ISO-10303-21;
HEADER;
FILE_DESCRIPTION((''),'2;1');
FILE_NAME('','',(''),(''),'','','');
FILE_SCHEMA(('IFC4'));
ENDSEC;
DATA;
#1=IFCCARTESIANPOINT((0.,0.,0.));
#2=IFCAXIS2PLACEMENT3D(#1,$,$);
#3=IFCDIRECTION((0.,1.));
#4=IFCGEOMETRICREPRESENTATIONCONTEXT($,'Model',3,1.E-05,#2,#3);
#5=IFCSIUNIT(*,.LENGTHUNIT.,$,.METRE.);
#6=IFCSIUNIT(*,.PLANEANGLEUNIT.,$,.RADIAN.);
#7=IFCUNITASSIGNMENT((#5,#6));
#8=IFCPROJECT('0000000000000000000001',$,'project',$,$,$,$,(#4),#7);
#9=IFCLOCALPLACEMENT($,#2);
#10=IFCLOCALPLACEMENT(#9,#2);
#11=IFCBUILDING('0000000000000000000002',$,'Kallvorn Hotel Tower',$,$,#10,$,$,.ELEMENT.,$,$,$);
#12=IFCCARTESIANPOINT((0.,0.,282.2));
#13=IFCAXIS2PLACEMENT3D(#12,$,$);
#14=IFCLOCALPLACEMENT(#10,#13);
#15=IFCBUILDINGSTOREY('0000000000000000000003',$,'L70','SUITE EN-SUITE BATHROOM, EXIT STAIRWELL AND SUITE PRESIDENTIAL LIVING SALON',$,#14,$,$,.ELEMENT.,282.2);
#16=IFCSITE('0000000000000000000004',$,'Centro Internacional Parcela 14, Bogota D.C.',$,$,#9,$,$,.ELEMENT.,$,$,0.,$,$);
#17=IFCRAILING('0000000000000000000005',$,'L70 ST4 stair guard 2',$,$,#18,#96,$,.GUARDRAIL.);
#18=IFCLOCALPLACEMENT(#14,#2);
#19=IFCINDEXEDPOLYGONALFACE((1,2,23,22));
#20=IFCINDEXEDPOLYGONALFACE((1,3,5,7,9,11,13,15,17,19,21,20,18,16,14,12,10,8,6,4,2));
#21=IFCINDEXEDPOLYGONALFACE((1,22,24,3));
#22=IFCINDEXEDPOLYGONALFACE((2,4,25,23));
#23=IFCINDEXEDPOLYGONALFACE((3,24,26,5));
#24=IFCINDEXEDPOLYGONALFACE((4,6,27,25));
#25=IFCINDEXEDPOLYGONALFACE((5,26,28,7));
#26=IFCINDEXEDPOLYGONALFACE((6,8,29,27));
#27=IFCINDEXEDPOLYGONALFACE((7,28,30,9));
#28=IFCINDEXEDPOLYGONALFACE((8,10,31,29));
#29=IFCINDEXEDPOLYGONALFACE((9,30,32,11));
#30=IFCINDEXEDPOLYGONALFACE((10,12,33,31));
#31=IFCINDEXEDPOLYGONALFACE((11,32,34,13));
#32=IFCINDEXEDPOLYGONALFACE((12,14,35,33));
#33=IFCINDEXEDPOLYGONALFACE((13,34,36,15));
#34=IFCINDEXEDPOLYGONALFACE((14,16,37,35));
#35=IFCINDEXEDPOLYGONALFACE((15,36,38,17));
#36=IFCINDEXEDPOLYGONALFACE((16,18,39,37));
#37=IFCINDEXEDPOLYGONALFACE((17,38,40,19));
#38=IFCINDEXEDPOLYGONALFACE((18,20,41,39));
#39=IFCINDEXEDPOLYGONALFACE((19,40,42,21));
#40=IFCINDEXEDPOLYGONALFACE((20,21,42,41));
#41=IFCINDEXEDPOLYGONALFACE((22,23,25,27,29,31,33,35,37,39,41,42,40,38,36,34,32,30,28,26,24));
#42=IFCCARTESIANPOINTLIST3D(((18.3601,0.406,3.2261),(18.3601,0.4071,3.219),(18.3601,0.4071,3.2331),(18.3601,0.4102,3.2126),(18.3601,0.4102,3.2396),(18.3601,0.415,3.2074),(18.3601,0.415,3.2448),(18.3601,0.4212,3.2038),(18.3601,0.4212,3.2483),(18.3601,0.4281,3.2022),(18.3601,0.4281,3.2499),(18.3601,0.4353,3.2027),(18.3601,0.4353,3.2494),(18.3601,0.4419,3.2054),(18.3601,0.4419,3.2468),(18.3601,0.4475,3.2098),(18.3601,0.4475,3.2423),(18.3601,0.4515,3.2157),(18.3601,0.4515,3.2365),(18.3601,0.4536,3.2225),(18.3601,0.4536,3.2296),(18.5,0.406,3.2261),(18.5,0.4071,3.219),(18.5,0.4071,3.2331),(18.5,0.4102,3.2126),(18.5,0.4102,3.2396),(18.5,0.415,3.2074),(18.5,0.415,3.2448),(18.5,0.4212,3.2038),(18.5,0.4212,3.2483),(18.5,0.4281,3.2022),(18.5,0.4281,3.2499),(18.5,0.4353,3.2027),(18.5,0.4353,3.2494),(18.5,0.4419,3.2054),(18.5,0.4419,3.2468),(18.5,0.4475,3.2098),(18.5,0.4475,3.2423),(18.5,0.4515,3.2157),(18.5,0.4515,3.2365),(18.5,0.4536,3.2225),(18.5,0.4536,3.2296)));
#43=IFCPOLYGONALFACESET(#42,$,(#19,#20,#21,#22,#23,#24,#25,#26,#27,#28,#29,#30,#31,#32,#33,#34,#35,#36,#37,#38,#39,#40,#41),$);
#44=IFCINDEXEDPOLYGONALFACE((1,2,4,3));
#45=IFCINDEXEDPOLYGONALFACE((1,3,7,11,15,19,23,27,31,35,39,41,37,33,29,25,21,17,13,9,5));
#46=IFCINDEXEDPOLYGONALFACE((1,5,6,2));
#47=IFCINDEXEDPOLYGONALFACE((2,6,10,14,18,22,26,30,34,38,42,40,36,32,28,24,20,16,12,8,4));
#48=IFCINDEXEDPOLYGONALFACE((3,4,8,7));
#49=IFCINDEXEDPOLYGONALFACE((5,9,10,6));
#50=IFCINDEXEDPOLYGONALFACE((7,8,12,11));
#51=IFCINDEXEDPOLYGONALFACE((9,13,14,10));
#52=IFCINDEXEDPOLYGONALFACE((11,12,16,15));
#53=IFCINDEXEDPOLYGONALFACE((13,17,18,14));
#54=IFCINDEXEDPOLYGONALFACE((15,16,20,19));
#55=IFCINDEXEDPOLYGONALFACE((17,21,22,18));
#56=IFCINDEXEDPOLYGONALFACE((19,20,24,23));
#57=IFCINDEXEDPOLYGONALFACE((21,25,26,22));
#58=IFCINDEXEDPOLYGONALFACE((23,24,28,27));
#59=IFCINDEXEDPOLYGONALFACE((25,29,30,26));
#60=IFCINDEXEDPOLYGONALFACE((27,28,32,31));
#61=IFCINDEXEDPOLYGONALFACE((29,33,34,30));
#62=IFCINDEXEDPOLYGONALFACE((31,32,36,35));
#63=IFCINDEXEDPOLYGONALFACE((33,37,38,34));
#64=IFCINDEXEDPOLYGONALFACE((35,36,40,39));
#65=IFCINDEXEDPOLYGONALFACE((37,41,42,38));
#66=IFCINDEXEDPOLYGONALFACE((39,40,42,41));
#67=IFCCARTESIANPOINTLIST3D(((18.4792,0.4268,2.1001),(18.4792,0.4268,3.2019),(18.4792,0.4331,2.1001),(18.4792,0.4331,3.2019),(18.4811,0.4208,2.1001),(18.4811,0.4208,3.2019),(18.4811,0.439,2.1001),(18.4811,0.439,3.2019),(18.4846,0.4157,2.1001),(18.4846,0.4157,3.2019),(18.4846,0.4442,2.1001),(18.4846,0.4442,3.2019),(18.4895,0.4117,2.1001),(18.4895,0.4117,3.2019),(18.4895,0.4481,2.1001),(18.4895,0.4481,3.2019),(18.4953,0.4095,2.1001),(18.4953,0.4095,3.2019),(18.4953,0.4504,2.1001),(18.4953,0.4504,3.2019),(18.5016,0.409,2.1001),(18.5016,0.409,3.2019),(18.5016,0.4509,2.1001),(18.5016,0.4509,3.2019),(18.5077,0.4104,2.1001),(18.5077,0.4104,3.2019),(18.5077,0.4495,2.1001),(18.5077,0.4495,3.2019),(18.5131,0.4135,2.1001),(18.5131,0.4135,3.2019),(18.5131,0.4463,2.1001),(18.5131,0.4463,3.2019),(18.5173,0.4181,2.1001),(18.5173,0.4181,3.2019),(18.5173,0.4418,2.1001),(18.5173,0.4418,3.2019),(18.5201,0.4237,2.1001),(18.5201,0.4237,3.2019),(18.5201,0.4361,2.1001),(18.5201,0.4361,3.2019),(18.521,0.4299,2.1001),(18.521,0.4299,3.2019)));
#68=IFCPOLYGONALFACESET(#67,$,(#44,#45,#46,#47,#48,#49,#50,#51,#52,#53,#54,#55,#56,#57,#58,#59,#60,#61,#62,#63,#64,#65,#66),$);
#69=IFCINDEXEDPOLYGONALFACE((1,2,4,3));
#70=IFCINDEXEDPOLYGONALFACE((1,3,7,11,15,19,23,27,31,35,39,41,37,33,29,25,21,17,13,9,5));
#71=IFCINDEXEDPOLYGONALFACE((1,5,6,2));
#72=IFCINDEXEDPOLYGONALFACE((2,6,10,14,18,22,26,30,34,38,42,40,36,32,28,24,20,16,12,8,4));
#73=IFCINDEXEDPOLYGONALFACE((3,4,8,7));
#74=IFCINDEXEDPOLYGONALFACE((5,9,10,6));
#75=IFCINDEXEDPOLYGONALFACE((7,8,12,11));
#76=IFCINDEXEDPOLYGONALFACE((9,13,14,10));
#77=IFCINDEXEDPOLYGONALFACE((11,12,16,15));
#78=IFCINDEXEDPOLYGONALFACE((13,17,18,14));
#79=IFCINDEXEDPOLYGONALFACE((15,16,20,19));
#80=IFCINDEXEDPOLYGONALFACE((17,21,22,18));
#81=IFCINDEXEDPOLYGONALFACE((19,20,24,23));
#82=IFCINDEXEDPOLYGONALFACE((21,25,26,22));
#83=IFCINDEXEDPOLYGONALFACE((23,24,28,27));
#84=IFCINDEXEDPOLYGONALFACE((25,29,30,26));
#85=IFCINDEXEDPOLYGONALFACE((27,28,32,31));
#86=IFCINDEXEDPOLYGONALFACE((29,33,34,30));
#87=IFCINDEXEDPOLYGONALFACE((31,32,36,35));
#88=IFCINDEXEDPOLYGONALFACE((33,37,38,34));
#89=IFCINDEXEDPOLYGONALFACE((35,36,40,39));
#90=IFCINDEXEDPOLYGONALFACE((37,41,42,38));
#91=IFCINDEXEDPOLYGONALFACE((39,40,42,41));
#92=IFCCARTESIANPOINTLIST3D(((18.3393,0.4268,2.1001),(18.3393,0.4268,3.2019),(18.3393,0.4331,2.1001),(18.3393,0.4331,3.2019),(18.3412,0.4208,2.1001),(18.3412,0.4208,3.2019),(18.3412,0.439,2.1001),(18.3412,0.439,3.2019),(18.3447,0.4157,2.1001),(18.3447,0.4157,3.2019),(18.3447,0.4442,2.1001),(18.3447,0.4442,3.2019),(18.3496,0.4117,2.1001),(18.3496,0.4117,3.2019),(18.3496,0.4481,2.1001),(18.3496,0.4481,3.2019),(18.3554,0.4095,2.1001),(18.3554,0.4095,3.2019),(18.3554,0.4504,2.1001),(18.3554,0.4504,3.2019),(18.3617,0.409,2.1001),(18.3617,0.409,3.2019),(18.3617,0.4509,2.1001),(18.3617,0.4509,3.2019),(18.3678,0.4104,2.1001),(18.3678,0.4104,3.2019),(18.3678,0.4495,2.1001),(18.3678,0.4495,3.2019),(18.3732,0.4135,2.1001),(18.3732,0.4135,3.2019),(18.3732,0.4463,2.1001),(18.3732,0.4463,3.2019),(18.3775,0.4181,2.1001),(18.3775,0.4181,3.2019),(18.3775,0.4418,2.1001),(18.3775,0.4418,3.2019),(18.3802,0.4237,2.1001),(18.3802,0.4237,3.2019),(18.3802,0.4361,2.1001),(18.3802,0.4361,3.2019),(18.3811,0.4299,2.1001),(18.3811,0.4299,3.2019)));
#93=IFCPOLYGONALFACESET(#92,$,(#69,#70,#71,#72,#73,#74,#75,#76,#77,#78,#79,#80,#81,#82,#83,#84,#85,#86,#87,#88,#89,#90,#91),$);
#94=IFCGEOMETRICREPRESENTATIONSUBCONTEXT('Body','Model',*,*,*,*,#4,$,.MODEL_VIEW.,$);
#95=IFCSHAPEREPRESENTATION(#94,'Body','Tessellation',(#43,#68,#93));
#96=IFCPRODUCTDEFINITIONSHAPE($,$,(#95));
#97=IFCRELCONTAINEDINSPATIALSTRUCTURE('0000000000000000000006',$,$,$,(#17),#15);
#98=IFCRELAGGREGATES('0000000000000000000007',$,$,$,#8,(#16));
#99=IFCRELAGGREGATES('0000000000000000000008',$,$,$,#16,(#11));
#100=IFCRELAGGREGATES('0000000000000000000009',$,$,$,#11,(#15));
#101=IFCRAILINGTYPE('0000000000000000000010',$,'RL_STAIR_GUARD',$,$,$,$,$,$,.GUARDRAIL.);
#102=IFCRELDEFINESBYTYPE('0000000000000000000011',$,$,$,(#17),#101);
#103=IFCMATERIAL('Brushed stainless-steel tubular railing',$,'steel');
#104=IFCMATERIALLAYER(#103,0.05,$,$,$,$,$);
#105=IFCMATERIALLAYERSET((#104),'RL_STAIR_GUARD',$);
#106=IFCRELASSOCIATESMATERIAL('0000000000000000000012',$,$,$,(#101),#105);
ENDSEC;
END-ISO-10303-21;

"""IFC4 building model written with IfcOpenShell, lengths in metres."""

from ifc_helpers import new_model, si_unit, direction, frame, origin, origin_2d, place, context, subcontext, project, spatial, circle, extrude, material, layer, layer_set, type_object, element, save


model = new_model("IFC4")

# Units and contexts
model_context = context("Model", 3, precision=1e-05, world=origin(), true_north=direction((0.0, 1.0)))
body_context = subcontext(model_context, "Body", "Model", "MODEL_VIEW")
ifc_project = project(units=[si_unit("LENGTHUNIT", "METRE"), si_unit("PLANEANGLEUNIT", "RADIAN")], contexts=[model_context])

# Site, building, storey
site_placement = place(None, origin())
site = spatial("IfcSite", under=ifc_project, at=site_placement, Name="Centro Internacional Parcela 14, Bogota D.C.", CompositionType="ELEMENT", RefElevation=0.0)
building_placement = place(site_placement, origin())
building = spatial("IfcBuilding", under=site, at=building_placement, Name="Kallvorn Hotel Tower", CompositionType="ELEMENT")
storey_placement = place(building_placement, frame((0.0, 0.0, 282.2)))
storey = spatial("IfcBuildingStorey", under=building, at=storey_placement, Name="L70", Description="SUITE EN-SUITE BATHROOM, EXIT STAIRWELL AND SUITE PRESIDENTIAL LIVING SALON", CompositionType="ELEMENT", Elevation=282.2)

# Railing
ifc_material_1 = material(Name="Brushed stainless-steel tubular railing", Category="steel")
ifc_layer_1 = layer(ifc_material_1, 0.05)
ifc_layer_set_1 = layer_set([ifc_layer_1], Name="RL_STAIR_GUARD")
railing_type_1 = type_object("IfcRailingType", Name="RL_STAIR_GUARD", PredefinedType="GUARDRAIL", material=ifc_layer_set_1)
railing_1_placement = place(storey_placement, frame((18.5, 0.4299, 2.1001)))
element("IfcRailing", 1, at=railing_1_placement, inside=storey, type_object=railing_type_1, Name="L70 ST4 stair guard 2", PredefinedType="GUARDRAIL", context=body_context, shape_type="SweptSolid", body=[
    extrude(circle(Radius=0.0239, at=origin_2d()), frame((0.0, 0.0, 1.126), z_axis=(-1.0, 0.0, 0.0), x_axis=(0.0, -1.0, 0.0)), (0.0, 0.0, 1.0), 0.1399),
    extrude(circle(Radius=0.021, at=origin_2d()), origin(), (0.0, 0.0, 1.0), 1.1018),
    extrude(circle(Radius=0.021, at=origin_2d()), frame((-0.1399, 0.0, 0.0)), (0.0, 0.0, 1.0), 1.1018),
])

save(model, "model.ifc")
